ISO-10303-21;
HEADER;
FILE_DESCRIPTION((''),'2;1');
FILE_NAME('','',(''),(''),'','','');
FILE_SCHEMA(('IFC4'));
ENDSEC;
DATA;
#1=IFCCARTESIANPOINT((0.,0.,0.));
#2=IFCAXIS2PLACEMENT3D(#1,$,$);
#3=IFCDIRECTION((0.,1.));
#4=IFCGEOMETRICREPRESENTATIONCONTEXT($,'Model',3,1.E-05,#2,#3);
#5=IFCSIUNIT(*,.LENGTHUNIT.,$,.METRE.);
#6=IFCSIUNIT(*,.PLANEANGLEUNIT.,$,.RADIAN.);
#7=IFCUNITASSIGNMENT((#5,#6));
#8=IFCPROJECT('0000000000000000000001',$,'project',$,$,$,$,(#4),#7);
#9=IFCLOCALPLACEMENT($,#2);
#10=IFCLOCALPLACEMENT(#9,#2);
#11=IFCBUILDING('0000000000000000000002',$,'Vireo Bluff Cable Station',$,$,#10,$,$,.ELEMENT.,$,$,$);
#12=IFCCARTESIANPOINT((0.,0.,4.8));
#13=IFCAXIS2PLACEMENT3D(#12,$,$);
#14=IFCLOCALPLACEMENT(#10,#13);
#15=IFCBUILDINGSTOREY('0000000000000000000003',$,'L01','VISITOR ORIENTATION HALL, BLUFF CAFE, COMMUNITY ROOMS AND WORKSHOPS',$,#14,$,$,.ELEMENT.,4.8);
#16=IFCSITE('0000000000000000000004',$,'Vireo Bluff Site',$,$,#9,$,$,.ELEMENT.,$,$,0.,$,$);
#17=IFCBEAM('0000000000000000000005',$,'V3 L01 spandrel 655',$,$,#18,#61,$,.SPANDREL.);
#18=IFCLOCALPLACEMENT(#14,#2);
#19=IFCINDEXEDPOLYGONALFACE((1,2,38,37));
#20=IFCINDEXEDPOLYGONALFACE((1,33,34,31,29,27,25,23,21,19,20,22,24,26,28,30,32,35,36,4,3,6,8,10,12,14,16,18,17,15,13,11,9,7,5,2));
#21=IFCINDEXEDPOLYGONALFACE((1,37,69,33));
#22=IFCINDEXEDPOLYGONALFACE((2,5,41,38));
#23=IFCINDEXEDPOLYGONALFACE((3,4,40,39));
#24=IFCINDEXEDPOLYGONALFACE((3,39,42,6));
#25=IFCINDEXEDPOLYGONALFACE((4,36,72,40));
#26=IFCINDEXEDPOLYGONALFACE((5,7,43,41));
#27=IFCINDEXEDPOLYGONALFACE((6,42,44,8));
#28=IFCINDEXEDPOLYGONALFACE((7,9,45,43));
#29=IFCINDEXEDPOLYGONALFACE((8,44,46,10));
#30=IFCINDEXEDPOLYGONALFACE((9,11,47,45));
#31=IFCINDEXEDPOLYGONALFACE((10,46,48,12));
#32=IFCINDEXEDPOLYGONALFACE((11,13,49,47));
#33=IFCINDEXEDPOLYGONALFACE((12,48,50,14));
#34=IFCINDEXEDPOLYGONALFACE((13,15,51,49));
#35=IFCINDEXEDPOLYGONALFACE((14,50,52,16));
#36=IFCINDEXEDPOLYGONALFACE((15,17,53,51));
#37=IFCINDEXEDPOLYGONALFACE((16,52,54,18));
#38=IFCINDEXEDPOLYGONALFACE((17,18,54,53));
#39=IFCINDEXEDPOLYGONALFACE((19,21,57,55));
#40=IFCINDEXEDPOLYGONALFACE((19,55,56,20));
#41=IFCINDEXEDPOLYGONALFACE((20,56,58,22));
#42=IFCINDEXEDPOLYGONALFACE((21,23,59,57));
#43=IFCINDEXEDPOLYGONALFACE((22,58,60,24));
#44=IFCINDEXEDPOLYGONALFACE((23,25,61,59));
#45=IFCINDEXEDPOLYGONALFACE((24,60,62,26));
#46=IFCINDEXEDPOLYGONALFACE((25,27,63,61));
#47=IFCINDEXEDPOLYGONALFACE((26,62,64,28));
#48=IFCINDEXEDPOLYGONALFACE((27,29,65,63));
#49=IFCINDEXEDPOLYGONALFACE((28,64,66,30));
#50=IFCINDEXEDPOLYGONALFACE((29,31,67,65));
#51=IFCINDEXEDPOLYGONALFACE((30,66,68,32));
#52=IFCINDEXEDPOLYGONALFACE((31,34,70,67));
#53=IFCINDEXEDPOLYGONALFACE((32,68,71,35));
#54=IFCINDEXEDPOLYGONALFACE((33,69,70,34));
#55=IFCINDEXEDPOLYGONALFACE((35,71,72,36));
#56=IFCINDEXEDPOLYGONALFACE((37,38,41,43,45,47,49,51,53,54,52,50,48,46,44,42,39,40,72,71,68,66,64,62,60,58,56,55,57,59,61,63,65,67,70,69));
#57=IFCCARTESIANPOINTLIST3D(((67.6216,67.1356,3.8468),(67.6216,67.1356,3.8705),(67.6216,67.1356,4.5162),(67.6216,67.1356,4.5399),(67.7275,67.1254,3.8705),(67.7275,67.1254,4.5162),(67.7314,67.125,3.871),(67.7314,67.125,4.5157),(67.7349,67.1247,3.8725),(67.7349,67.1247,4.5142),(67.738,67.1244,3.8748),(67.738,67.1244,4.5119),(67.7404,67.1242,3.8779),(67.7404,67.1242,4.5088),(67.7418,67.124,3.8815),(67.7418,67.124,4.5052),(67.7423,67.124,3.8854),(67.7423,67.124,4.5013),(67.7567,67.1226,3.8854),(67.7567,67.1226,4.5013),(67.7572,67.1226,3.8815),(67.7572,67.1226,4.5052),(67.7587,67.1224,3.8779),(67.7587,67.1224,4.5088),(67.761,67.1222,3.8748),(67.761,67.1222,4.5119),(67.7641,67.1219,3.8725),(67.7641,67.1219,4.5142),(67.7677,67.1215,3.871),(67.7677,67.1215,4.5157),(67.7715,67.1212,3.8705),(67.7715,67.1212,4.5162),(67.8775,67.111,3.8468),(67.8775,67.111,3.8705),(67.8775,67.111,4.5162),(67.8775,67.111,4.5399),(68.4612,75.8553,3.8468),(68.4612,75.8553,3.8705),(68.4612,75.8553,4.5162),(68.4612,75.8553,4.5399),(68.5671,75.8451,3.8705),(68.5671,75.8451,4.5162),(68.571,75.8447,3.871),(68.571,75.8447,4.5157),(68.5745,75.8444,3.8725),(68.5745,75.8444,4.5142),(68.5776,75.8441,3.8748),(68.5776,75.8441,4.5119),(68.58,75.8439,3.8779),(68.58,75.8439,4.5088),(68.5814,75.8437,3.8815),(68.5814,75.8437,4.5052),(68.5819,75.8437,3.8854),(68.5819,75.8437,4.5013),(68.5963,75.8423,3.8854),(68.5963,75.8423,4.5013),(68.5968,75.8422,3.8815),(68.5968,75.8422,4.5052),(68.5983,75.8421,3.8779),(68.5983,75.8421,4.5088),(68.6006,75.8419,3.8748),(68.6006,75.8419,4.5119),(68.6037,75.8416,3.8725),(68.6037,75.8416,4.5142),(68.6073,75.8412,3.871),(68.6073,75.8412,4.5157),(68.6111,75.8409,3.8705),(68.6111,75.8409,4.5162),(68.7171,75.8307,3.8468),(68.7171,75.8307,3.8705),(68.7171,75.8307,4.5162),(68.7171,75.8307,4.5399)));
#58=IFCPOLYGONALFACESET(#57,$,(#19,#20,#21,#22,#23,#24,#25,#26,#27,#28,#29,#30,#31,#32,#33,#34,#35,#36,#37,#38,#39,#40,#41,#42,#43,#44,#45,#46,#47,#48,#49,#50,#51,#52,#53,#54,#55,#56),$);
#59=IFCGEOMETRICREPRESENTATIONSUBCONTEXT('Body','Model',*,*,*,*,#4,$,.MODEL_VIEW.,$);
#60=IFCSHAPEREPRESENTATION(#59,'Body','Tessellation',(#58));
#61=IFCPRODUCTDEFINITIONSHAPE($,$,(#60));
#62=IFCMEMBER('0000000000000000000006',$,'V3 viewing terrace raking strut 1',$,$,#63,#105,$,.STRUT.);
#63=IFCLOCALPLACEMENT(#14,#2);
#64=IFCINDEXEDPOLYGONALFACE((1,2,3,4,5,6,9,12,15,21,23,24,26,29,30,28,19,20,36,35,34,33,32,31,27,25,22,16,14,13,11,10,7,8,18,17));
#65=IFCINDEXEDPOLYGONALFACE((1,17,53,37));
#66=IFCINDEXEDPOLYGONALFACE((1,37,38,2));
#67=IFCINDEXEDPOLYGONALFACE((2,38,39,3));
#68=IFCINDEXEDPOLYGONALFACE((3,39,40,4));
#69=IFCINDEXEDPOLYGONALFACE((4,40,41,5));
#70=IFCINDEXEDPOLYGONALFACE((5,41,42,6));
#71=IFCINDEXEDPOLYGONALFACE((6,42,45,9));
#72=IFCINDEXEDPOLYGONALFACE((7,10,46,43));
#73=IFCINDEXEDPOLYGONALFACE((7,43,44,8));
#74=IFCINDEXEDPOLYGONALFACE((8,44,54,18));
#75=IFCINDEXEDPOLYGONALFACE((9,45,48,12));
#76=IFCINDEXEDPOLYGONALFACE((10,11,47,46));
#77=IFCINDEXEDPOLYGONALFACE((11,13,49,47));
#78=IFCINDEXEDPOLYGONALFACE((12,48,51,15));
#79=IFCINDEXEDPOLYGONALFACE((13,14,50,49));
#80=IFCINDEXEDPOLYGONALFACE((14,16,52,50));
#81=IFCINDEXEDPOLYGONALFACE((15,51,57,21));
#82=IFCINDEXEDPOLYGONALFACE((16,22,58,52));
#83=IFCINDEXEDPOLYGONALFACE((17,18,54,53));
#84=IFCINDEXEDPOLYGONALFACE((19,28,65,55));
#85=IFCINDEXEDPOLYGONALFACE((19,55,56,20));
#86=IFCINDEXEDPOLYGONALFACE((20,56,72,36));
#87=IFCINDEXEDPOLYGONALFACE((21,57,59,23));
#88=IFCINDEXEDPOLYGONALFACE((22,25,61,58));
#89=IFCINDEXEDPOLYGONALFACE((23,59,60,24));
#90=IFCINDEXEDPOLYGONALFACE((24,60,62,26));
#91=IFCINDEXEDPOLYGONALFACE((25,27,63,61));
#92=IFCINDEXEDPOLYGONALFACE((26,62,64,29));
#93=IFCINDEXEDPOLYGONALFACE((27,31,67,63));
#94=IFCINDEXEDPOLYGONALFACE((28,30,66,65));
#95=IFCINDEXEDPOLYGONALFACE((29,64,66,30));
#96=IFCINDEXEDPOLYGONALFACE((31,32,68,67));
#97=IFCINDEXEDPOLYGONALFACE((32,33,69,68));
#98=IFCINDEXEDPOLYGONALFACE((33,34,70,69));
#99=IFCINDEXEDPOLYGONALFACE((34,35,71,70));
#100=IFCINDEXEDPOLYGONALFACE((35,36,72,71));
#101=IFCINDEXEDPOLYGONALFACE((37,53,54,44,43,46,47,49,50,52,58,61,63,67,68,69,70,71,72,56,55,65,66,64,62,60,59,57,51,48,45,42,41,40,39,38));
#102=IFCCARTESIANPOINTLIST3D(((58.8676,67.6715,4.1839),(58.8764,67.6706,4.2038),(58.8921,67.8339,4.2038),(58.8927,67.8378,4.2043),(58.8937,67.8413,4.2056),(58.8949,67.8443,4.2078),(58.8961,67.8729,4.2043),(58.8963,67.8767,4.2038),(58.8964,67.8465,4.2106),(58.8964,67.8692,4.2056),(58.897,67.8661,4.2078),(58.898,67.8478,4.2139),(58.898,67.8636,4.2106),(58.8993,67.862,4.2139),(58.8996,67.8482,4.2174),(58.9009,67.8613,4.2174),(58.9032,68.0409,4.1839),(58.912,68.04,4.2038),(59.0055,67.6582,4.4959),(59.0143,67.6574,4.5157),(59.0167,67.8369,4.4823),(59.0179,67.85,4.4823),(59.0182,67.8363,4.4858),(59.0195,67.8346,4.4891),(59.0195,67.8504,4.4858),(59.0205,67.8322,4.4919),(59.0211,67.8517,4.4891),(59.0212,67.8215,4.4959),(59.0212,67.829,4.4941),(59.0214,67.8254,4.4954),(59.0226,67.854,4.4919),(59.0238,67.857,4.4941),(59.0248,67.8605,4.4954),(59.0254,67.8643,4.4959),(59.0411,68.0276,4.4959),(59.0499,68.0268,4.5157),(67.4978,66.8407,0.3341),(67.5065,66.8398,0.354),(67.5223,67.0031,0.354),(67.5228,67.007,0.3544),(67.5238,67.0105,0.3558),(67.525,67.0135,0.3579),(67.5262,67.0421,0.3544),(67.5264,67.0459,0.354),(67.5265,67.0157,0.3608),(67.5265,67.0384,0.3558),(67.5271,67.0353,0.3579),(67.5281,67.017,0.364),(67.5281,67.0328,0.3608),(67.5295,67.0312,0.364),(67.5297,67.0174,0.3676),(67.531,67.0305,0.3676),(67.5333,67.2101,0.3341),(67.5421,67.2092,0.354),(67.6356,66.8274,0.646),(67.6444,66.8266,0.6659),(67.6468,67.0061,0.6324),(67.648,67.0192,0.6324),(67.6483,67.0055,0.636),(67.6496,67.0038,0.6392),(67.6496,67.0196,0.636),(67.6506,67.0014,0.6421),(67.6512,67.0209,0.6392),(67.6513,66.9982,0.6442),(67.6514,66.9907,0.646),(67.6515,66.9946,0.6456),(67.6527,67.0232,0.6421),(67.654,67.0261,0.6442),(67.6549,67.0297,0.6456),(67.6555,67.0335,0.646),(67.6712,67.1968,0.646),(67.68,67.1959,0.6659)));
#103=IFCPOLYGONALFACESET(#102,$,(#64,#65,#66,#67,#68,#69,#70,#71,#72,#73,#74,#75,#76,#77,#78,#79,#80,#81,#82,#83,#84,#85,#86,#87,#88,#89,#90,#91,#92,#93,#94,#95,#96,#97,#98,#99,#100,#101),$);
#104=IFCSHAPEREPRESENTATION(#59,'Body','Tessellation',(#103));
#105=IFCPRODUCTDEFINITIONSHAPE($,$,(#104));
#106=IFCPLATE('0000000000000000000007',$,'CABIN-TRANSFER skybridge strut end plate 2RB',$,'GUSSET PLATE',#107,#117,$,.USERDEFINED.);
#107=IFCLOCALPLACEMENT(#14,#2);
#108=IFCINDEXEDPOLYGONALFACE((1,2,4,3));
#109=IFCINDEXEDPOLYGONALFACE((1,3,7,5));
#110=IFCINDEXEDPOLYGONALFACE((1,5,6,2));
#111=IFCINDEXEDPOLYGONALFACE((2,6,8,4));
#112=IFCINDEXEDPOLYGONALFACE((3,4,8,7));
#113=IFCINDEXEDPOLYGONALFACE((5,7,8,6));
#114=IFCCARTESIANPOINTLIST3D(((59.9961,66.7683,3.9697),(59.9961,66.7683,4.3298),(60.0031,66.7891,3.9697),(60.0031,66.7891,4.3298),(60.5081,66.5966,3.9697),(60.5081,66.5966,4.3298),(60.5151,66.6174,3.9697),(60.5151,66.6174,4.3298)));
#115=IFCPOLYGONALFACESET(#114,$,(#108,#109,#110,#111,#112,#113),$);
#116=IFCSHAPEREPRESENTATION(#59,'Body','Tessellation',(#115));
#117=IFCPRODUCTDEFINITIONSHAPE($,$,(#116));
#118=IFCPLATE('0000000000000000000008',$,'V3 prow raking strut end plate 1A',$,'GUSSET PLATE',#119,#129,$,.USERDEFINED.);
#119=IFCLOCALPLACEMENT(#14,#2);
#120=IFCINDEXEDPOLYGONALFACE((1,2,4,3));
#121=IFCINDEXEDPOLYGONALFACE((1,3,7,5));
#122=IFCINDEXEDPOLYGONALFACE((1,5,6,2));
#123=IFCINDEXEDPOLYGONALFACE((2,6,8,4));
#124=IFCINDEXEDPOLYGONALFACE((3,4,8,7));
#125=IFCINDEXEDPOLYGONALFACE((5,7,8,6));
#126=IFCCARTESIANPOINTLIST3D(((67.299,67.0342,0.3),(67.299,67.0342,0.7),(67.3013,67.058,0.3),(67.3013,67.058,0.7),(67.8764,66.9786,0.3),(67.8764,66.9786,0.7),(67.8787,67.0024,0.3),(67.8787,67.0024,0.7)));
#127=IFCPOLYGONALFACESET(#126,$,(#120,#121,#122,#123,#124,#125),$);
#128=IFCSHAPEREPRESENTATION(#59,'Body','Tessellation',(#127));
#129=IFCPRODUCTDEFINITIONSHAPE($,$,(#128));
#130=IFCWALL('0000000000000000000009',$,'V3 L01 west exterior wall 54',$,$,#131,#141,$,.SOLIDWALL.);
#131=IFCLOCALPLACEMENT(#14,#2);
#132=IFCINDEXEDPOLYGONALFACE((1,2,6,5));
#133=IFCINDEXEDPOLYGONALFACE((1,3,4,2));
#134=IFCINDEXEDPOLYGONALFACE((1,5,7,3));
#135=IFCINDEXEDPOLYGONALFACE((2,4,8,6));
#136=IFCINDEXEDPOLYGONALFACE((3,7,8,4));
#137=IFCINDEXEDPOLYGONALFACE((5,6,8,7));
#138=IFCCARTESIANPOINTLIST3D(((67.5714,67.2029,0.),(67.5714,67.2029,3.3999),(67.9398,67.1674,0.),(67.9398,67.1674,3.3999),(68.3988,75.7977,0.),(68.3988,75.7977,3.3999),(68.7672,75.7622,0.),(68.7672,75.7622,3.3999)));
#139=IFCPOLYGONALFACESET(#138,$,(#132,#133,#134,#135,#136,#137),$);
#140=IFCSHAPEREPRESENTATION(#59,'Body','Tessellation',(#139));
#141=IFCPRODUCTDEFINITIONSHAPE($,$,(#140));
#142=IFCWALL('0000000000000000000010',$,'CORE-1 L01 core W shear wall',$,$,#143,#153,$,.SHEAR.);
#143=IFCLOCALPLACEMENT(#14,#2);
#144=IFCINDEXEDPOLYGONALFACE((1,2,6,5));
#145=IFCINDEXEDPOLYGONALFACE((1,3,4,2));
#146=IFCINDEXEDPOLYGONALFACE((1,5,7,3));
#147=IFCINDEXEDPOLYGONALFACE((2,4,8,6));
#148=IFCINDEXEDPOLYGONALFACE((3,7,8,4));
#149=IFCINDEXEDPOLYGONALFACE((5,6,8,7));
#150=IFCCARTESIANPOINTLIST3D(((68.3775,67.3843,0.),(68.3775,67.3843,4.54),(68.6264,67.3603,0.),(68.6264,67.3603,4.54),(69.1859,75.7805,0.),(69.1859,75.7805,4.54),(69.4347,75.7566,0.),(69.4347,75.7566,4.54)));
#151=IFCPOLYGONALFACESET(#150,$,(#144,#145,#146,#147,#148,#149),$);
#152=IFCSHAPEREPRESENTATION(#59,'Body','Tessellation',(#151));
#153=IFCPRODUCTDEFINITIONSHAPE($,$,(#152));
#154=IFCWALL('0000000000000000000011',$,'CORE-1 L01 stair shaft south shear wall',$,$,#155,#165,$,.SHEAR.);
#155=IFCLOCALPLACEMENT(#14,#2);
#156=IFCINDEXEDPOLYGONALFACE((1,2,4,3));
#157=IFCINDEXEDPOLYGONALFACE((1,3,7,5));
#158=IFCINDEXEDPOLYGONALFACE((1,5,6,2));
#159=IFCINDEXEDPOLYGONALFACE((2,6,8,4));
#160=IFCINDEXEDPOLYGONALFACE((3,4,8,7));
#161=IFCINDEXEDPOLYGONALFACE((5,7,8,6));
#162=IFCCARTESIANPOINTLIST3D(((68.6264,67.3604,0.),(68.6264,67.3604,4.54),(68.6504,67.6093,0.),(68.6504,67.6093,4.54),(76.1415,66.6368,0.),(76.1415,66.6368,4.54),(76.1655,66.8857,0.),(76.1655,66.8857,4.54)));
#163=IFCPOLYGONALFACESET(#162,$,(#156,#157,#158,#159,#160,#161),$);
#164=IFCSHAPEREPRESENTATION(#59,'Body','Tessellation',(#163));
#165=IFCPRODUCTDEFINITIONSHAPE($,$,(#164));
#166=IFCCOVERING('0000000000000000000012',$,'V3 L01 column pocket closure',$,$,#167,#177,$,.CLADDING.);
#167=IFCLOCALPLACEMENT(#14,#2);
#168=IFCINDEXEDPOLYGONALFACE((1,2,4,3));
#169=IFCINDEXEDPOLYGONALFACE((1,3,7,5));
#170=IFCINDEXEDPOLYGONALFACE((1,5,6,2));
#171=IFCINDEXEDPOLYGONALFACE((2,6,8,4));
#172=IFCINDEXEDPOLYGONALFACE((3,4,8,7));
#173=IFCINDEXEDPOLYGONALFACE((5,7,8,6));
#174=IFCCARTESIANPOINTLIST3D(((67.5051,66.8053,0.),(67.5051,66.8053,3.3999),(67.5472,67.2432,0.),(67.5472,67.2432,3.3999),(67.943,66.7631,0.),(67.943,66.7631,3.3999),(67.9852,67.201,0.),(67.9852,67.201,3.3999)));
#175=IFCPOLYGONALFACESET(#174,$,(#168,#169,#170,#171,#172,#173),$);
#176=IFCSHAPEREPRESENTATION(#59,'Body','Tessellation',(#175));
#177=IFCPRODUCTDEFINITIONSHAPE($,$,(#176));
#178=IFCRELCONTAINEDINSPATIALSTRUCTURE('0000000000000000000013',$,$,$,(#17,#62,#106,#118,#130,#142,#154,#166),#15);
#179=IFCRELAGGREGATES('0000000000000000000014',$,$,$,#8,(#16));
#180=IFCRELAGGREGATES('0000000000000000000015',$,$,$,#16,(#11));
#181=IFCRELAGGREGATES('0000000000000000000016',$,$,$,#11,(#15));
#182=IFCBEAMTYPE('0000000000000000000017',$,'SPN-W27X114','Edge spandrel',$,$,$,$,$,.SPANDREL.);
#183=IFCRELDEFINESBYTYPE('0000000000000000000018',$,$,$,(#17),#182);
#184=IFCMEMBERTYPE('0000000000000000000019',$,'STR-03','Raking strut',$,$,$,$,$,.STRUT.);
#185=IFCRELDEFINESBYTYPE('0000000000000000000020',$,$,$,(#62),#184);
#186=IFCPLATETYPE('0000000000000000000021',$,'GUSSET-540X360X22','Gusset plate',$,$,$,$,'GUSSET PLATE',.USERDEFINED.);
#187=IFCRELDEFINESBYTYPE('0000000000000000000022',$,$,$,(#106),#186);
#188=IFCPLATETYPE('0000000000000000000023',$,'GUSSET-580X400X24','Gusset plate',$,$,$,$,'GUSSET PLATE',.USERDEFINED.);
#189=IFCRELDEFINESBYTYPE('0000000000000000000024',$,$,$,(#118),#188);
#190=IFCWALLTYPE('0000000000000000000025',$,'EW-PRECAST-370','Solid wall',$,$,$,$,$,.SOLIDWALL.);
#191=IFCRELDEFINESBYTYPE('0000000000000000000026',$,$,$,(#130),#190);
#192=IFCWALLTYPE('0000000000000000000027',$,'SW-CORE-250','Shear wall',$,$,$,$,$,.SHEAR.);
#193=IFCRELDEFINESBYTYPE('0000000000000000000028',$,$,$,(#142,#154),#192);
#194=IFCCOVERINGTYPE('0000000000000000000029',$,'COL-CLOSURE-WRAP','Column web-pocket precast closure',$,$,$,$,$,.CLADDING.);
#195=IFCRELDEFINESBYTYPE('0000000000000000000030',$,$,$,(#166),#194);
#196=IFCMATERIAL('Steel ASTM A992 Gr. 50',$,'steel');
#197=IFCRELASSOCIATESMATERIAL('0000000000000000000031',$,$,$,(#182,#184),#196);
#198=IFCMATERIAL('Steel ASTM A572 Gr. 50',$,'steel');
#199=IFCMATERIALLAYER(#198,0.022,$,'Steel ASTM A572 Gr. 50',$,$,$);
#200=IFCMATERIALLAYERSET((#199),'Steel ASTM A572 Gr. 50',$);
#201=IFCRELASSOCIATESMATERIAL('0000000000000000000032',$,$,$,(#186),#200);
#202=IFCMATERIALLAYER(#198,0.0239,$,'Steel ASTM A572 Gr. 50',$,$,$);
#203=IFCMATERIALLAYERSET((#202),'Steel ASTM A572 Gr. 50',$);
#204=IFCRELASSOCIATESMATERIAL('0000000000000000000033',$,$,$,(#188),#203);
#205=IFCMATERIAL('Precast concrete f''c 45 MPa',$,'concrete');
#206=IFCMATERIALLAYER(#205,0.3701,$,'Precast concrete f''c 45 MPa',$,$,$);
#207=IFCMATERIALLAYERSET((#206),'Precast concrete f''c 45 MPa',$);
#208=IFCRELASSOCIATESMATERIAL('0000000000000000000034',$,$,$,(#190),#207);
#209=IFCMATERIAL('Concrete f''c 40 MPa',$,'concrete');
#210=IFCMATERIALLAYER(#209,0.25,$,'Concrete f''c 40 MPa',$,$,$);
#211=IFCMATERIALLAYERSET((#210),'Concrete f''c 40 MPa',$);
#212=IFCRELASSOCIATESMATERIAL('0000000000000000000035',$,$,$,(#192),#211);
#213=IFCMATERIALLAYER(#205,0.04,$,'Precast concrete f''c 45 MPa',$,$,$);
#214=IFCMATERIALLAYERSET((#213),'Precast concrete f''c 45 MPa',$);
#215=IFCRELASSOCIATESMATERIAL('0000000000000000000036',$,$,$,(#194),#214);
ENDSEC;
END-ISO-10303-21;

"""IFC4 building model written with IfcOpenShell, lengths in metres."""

from ifc_helpers import new_model, si_unit, direction, frame, frame_2d, origin, origin_2d, place, context, subcontext, project, spatial, rectangle, i_section, extrude, material, layer, layer_set, material_profile, profile_set, type_object, element, save


model = new_model("IFC4")

# Units and contexts
model_context = context("Model", 3, precision=1e-05, world=origin(), true_north=direction((0.0, 1.0)))
body_context = subcontext(model_context, "Body", "Model", "MODEL_VIEW")
ifc_project = project(units=[si_unit("LENGTHUNIT", "METRE"), si_unit("PLANEANGLEUNIT", "RADIAN")], contexts=[model_context])

# Site, building, storey
site_placement = place(None, origin())
site = spatial("IfcSite", under=ifc_project, at=site_placement, Name="Vireo Bluff Site", CompositionType="ELEMENT", RefElevation=0.0)
building_placement = place(site_placement, origin())
building = spatial("IfcBuilding", under=site, at=building_placement, Name="Vireo Bluff Cable Station", CompositionType="ELEMENT")
storey_placement = place(building_placement, frame((0.0, 0.0, 4.8)))
storey = spatial("IfcBuildingStorey", under=building, at=storey_placement, Name="L01", Description="VISITOR ORIENTATION HALL, BLUFF CAFE, COMMUNITY ROOMS AND WORKSHOPS", CompositionType="ELEMENT", Elevation=4.8)

# Shared definitions
ifc_material_1 = material(Name="Steel ASTM A992 Gr. 50", Category="steel")

# Beam
ifc_material_profile_1 = material_profile(ifc_material_1, i_section(OverallWidth=0.2571, OverallDepth=0.6931, WebThickness=0.0144, FlangeThickness=0.0237, FilletRadius=0.0149, at=origin_2d()), Name="W27X114")
ifc_profile_set_1 = profile_set([ifc_material_profile_1], Name="Steel ASTM A992 Gr. 50")
beam_type_1 = type_object("IfcBeamType", Name="SPN-W27X114", Description="Edge spandrel", PredefinedType="SPANDREL", material=ifc_profile_set_1)
for number, where, z_axis, x_axis, name in (
    (1, (67.7495, 67.1233, 4.1934), (0.095844, 0.995396, 0.0), (-0.995396, 0.095844, 0.0), "V3 L01 spandrel 655"),
):
    element("IfcBeam", number, at=place(storey_placement, frame(where, z_axis=z_axis, x_axis=x_axis)), inside=storey, type_object=beam_type_1, Name=name, PredefinedType="SPANDREL", context=body_context, shape_type="SweptSolid", body=[
        extrude(i_section(OverallWidth=0.2571, OverallDepth=0.6931, WebThickness=0.0144, FlangeThickness=0.0237, FilletRadius=0.0149, at=origin_2d()), origin(), (0.0, 0.0, 1.0), 8.76),
    ])

# Member
ifc_material_profile_2 = material_profile(ifc_material_1, i_section(OverallWidth=0.3711, OverallDepth=0.363, WebThickness=0.0132, FlangeThickness=0.0217, FilletRadius=0.0149, at=origin_2d()), Name="W14X109")
ifc_profile_set_2 = profile_set([ifc_material_profile_2], Name="Steel ASTM A992 Gr. 50")
member_type = type_object("IfcMemberType", Name="STR-03", Description="Raking strut", PredefinedType="STRUT", material=ifc_profile_set_2)
member_placement = place(storey_placement, frame((67.5889, 67.0183, 0.5), z_axis=(-0.909742, 0.08758, 0.405831), x_axis=(-0.095826, -0.995398, 0.0)))
element("IfcMember", 2, at=member_placement, inside=storey, type_object=member_type, Name="V3 viewing terrace raking strut 1", PredefinedType="STRUT", context=body_context, shape_type="SweptSolid", body=[
    extrude(i_section(OverallWidth=0.3711, OverallDepth=0.363, WebThickness=0.0132, FlangeThickness=0.0217, FilletRadius=0.0149, at=origin_2d()), origin(), (0.0, 0.0, 1.0), 9.4863),
])

# Plates
ifc_material_2 = material(Name="Steel ASTM A572 Gr. 50", Category="steel")
ifc_layer_1 = layer(ifc_material_2, 0.022, Name="Steel ASTM A572 Gr. 50")
ifc_layer_set_1 = layer_set([ifc_layer_1], Name="Steel ASTM A572 Gr. 50")
plate_type_1 = type_object("IfcPlateType", Name="GUSSET-540X360X22", Description="Gusset plate", ElementType="GUSSET PLATE", PredefinedType="USERDEFINED", material=ifc_layer_set_1)
plate_1_placement = place(storey_placement, frame((60.2556, 66.6929, 3.9697), z_axis=(0.0, 0.0, 1.0), x_axis=(0.948105, -0.317958, 0.0)))
element("IfcPlate", 3, at=plate_1_placement, inside=storey, type_object=plate_type_1, Name="CABIN-TRANSFER skybridge strut end plate 2RB", ObjectType="GUSSET PLATE", PredefinedType="USERDEFINED", context=body_context, shape_type="SweptSolid", body=[
    extrude(rectangle(XDim=0.54, YDim=0.022, at=origin_2d()), origin(), (0.0, 0.0, 1.0), 0.3601),
])
ifc_layer_2 = layer(ifc_material_2, 0.0239, Name="Steel ASTM A572 Gr. 50")
ifc_layer_set_2 = layer_set([ifc_layer_2], Name="Steel ASTM A572 Gr. 50")
plate_type_2 = type_object("IfcPlateType", Name="GUSSET-580X400X24", Description="Gusset plate", ElementType="GUSSET PLATE", PredefinedType="USERDEFINED", material=ifc_layer_set_2)
plate_2_placement = place(storey_placement, frame((67.5889, 67.0183, 0.3), z_axis=(0.0, 0.0, 1.0), x_axis=(0.995396, -0.095846, 0.0)))
element("IfcPlate", 4, at=plate_2_placement, inside=storey, type_object=plate_type_2, Name="V3 prow raking strut end plate 1A", ObjectType="GUSSET PLATE", PredefinedType="USERDEFINED", context=body_context, shape_type="SweptSolid", body=[
    extrude(rectangle(XDim=0.5801, YDim=0.0239, at=origin_2d()), origin(), (0.0, 0.0, 1.0), 0.3999),
])

# Walls
ifc_material_3 = material(Name="Precast concrete f'c 45 MPa", Category="concrete")
ifc_layer_3 = layer(ifc_material_3, 0.3701, Name="Precast concrete f'c 45 MPa")
ifc_layer_set_3 = layer_set([ifc_layer_3], Name="Precast concrete f'c 45 MPa")
wall_type_1 = type_object("IfcWallType", Name="EW-PRECAST-370", Description="Solid wall", PredefinedType="SOLIDWALL", material=ifc_layer_set_3)
wall_1_placement = place(storey_placement, frame((67.7556, 67.1851, 0.0), z_axis=(0.0, 0.0, 1.0), x_axis=(0.095824, 0.995398, 0.0)))
element("IfcWall", 5, at=wall_1_placement, inside=storey, type_object=wall_type_1, Name="V3 L01 west exterior wall 54", PredefinedType="SOLIDWALL", context=body_context, shape_type="SweptSolid", body=[
    extrude(rectangle(XDim=8.6345, YDim=0.3701, at=frame_2d((4.3174, 0.0))), origin(), (0.0, 0.0, 1.0), 3.3999),
])
ifc_material_4 = material(Name="Concrete f'c 40 MPa", Category="concrete")
ifc_layer_4 = layer(ifc_material_4, 0.25, Name="Concrete f'c 40 MPa")
ifc_layer_set_4 = layer_set([ifc_layer_4], Name="Concrete f'c 40 MPa")
wall_type_2 = type_object("IfcWallType", Name="SW-CORE-250", Description="Shear wall", PredefinedType="SHEAR", material=ifc_layer_set_4)
wall_2_placement = place(storey_placement, frame((68.502, 67.3723, 0.0), z_axis=(0.0, 0.0, 1.0), x_axis=(0.095832, 0.995398, 0.0)))
element("IfcWall", 6, at=wall_2_placement, inside=storey, type_object=wall_type_2, Name="CORE-1 L01 core W shear wall", PredefinedType="SHEAR", context=body_context, shape_type="SweptSolid", body=[
    extrude(rectangle(XDim=8.4351, YDim=0.25, at=frame_2d((4.2175, 0.0))), origin(), (0.0, 0.0, 1.0), 4.54),
])
wall_3_placement = place(storey_placement, frame((68.6384, 67.4849, 0.0), z_axis=(0.0, 0.0, 1.0), x_axis=(0.995396, -0.095847, 0.0)))
element("IfcWall", 7, at=wall_3_placement, inside=storey, type_object=wall_type_2, Name="CORE-1 L01 stair shaft south shear wall", PredefinedType="SHEAR", context=body_context, shape_type="SweptSolid", body=[
    extrude(rectangle(XDim=7.5498, YDim=0.25, at=frame_2d((3.7749, 0.0))), origin(), (0.0, 0.0, 1.0), 4.54),
])

# Covering
ifc_layer_5 = layer(ifc_material_3, 0.04, Name="Precast concrete f'c 45 MPa")
ifc_layer_set_5 = layer_set([ifc_layer_5], Name="Precast concrete f'c 45 MPa")
covering_type = type_object("IfcCoveringType", Name="COL-CLOSURE-WRAP", Description="Column web-pocket precast closure", PredefinedType="CLADDING", material=ifc_layer_set_5)
covering_placement = place(storey_placement, frame((67.7451, 67.0032, 0.0), z_axis=(0.0, 0.0, 1.0), x_axis=(0.995396, -0.095846, 0.0)))
element("IfcCovering", 8, at=covering_placement, inside=storey, type_object=covering_type, Name="V3 L01 column pocket closure", PredefinedType="CLADDING", context=body_context, shape_type="SweptSolid", body=[
    extrude(rectangle(XDim=0.4399, YDim=0.4399, at=origin_2d()), origin(), (0.0, 0.0, 1.0), 3.3999),
])

save(model, "model.ifc")
